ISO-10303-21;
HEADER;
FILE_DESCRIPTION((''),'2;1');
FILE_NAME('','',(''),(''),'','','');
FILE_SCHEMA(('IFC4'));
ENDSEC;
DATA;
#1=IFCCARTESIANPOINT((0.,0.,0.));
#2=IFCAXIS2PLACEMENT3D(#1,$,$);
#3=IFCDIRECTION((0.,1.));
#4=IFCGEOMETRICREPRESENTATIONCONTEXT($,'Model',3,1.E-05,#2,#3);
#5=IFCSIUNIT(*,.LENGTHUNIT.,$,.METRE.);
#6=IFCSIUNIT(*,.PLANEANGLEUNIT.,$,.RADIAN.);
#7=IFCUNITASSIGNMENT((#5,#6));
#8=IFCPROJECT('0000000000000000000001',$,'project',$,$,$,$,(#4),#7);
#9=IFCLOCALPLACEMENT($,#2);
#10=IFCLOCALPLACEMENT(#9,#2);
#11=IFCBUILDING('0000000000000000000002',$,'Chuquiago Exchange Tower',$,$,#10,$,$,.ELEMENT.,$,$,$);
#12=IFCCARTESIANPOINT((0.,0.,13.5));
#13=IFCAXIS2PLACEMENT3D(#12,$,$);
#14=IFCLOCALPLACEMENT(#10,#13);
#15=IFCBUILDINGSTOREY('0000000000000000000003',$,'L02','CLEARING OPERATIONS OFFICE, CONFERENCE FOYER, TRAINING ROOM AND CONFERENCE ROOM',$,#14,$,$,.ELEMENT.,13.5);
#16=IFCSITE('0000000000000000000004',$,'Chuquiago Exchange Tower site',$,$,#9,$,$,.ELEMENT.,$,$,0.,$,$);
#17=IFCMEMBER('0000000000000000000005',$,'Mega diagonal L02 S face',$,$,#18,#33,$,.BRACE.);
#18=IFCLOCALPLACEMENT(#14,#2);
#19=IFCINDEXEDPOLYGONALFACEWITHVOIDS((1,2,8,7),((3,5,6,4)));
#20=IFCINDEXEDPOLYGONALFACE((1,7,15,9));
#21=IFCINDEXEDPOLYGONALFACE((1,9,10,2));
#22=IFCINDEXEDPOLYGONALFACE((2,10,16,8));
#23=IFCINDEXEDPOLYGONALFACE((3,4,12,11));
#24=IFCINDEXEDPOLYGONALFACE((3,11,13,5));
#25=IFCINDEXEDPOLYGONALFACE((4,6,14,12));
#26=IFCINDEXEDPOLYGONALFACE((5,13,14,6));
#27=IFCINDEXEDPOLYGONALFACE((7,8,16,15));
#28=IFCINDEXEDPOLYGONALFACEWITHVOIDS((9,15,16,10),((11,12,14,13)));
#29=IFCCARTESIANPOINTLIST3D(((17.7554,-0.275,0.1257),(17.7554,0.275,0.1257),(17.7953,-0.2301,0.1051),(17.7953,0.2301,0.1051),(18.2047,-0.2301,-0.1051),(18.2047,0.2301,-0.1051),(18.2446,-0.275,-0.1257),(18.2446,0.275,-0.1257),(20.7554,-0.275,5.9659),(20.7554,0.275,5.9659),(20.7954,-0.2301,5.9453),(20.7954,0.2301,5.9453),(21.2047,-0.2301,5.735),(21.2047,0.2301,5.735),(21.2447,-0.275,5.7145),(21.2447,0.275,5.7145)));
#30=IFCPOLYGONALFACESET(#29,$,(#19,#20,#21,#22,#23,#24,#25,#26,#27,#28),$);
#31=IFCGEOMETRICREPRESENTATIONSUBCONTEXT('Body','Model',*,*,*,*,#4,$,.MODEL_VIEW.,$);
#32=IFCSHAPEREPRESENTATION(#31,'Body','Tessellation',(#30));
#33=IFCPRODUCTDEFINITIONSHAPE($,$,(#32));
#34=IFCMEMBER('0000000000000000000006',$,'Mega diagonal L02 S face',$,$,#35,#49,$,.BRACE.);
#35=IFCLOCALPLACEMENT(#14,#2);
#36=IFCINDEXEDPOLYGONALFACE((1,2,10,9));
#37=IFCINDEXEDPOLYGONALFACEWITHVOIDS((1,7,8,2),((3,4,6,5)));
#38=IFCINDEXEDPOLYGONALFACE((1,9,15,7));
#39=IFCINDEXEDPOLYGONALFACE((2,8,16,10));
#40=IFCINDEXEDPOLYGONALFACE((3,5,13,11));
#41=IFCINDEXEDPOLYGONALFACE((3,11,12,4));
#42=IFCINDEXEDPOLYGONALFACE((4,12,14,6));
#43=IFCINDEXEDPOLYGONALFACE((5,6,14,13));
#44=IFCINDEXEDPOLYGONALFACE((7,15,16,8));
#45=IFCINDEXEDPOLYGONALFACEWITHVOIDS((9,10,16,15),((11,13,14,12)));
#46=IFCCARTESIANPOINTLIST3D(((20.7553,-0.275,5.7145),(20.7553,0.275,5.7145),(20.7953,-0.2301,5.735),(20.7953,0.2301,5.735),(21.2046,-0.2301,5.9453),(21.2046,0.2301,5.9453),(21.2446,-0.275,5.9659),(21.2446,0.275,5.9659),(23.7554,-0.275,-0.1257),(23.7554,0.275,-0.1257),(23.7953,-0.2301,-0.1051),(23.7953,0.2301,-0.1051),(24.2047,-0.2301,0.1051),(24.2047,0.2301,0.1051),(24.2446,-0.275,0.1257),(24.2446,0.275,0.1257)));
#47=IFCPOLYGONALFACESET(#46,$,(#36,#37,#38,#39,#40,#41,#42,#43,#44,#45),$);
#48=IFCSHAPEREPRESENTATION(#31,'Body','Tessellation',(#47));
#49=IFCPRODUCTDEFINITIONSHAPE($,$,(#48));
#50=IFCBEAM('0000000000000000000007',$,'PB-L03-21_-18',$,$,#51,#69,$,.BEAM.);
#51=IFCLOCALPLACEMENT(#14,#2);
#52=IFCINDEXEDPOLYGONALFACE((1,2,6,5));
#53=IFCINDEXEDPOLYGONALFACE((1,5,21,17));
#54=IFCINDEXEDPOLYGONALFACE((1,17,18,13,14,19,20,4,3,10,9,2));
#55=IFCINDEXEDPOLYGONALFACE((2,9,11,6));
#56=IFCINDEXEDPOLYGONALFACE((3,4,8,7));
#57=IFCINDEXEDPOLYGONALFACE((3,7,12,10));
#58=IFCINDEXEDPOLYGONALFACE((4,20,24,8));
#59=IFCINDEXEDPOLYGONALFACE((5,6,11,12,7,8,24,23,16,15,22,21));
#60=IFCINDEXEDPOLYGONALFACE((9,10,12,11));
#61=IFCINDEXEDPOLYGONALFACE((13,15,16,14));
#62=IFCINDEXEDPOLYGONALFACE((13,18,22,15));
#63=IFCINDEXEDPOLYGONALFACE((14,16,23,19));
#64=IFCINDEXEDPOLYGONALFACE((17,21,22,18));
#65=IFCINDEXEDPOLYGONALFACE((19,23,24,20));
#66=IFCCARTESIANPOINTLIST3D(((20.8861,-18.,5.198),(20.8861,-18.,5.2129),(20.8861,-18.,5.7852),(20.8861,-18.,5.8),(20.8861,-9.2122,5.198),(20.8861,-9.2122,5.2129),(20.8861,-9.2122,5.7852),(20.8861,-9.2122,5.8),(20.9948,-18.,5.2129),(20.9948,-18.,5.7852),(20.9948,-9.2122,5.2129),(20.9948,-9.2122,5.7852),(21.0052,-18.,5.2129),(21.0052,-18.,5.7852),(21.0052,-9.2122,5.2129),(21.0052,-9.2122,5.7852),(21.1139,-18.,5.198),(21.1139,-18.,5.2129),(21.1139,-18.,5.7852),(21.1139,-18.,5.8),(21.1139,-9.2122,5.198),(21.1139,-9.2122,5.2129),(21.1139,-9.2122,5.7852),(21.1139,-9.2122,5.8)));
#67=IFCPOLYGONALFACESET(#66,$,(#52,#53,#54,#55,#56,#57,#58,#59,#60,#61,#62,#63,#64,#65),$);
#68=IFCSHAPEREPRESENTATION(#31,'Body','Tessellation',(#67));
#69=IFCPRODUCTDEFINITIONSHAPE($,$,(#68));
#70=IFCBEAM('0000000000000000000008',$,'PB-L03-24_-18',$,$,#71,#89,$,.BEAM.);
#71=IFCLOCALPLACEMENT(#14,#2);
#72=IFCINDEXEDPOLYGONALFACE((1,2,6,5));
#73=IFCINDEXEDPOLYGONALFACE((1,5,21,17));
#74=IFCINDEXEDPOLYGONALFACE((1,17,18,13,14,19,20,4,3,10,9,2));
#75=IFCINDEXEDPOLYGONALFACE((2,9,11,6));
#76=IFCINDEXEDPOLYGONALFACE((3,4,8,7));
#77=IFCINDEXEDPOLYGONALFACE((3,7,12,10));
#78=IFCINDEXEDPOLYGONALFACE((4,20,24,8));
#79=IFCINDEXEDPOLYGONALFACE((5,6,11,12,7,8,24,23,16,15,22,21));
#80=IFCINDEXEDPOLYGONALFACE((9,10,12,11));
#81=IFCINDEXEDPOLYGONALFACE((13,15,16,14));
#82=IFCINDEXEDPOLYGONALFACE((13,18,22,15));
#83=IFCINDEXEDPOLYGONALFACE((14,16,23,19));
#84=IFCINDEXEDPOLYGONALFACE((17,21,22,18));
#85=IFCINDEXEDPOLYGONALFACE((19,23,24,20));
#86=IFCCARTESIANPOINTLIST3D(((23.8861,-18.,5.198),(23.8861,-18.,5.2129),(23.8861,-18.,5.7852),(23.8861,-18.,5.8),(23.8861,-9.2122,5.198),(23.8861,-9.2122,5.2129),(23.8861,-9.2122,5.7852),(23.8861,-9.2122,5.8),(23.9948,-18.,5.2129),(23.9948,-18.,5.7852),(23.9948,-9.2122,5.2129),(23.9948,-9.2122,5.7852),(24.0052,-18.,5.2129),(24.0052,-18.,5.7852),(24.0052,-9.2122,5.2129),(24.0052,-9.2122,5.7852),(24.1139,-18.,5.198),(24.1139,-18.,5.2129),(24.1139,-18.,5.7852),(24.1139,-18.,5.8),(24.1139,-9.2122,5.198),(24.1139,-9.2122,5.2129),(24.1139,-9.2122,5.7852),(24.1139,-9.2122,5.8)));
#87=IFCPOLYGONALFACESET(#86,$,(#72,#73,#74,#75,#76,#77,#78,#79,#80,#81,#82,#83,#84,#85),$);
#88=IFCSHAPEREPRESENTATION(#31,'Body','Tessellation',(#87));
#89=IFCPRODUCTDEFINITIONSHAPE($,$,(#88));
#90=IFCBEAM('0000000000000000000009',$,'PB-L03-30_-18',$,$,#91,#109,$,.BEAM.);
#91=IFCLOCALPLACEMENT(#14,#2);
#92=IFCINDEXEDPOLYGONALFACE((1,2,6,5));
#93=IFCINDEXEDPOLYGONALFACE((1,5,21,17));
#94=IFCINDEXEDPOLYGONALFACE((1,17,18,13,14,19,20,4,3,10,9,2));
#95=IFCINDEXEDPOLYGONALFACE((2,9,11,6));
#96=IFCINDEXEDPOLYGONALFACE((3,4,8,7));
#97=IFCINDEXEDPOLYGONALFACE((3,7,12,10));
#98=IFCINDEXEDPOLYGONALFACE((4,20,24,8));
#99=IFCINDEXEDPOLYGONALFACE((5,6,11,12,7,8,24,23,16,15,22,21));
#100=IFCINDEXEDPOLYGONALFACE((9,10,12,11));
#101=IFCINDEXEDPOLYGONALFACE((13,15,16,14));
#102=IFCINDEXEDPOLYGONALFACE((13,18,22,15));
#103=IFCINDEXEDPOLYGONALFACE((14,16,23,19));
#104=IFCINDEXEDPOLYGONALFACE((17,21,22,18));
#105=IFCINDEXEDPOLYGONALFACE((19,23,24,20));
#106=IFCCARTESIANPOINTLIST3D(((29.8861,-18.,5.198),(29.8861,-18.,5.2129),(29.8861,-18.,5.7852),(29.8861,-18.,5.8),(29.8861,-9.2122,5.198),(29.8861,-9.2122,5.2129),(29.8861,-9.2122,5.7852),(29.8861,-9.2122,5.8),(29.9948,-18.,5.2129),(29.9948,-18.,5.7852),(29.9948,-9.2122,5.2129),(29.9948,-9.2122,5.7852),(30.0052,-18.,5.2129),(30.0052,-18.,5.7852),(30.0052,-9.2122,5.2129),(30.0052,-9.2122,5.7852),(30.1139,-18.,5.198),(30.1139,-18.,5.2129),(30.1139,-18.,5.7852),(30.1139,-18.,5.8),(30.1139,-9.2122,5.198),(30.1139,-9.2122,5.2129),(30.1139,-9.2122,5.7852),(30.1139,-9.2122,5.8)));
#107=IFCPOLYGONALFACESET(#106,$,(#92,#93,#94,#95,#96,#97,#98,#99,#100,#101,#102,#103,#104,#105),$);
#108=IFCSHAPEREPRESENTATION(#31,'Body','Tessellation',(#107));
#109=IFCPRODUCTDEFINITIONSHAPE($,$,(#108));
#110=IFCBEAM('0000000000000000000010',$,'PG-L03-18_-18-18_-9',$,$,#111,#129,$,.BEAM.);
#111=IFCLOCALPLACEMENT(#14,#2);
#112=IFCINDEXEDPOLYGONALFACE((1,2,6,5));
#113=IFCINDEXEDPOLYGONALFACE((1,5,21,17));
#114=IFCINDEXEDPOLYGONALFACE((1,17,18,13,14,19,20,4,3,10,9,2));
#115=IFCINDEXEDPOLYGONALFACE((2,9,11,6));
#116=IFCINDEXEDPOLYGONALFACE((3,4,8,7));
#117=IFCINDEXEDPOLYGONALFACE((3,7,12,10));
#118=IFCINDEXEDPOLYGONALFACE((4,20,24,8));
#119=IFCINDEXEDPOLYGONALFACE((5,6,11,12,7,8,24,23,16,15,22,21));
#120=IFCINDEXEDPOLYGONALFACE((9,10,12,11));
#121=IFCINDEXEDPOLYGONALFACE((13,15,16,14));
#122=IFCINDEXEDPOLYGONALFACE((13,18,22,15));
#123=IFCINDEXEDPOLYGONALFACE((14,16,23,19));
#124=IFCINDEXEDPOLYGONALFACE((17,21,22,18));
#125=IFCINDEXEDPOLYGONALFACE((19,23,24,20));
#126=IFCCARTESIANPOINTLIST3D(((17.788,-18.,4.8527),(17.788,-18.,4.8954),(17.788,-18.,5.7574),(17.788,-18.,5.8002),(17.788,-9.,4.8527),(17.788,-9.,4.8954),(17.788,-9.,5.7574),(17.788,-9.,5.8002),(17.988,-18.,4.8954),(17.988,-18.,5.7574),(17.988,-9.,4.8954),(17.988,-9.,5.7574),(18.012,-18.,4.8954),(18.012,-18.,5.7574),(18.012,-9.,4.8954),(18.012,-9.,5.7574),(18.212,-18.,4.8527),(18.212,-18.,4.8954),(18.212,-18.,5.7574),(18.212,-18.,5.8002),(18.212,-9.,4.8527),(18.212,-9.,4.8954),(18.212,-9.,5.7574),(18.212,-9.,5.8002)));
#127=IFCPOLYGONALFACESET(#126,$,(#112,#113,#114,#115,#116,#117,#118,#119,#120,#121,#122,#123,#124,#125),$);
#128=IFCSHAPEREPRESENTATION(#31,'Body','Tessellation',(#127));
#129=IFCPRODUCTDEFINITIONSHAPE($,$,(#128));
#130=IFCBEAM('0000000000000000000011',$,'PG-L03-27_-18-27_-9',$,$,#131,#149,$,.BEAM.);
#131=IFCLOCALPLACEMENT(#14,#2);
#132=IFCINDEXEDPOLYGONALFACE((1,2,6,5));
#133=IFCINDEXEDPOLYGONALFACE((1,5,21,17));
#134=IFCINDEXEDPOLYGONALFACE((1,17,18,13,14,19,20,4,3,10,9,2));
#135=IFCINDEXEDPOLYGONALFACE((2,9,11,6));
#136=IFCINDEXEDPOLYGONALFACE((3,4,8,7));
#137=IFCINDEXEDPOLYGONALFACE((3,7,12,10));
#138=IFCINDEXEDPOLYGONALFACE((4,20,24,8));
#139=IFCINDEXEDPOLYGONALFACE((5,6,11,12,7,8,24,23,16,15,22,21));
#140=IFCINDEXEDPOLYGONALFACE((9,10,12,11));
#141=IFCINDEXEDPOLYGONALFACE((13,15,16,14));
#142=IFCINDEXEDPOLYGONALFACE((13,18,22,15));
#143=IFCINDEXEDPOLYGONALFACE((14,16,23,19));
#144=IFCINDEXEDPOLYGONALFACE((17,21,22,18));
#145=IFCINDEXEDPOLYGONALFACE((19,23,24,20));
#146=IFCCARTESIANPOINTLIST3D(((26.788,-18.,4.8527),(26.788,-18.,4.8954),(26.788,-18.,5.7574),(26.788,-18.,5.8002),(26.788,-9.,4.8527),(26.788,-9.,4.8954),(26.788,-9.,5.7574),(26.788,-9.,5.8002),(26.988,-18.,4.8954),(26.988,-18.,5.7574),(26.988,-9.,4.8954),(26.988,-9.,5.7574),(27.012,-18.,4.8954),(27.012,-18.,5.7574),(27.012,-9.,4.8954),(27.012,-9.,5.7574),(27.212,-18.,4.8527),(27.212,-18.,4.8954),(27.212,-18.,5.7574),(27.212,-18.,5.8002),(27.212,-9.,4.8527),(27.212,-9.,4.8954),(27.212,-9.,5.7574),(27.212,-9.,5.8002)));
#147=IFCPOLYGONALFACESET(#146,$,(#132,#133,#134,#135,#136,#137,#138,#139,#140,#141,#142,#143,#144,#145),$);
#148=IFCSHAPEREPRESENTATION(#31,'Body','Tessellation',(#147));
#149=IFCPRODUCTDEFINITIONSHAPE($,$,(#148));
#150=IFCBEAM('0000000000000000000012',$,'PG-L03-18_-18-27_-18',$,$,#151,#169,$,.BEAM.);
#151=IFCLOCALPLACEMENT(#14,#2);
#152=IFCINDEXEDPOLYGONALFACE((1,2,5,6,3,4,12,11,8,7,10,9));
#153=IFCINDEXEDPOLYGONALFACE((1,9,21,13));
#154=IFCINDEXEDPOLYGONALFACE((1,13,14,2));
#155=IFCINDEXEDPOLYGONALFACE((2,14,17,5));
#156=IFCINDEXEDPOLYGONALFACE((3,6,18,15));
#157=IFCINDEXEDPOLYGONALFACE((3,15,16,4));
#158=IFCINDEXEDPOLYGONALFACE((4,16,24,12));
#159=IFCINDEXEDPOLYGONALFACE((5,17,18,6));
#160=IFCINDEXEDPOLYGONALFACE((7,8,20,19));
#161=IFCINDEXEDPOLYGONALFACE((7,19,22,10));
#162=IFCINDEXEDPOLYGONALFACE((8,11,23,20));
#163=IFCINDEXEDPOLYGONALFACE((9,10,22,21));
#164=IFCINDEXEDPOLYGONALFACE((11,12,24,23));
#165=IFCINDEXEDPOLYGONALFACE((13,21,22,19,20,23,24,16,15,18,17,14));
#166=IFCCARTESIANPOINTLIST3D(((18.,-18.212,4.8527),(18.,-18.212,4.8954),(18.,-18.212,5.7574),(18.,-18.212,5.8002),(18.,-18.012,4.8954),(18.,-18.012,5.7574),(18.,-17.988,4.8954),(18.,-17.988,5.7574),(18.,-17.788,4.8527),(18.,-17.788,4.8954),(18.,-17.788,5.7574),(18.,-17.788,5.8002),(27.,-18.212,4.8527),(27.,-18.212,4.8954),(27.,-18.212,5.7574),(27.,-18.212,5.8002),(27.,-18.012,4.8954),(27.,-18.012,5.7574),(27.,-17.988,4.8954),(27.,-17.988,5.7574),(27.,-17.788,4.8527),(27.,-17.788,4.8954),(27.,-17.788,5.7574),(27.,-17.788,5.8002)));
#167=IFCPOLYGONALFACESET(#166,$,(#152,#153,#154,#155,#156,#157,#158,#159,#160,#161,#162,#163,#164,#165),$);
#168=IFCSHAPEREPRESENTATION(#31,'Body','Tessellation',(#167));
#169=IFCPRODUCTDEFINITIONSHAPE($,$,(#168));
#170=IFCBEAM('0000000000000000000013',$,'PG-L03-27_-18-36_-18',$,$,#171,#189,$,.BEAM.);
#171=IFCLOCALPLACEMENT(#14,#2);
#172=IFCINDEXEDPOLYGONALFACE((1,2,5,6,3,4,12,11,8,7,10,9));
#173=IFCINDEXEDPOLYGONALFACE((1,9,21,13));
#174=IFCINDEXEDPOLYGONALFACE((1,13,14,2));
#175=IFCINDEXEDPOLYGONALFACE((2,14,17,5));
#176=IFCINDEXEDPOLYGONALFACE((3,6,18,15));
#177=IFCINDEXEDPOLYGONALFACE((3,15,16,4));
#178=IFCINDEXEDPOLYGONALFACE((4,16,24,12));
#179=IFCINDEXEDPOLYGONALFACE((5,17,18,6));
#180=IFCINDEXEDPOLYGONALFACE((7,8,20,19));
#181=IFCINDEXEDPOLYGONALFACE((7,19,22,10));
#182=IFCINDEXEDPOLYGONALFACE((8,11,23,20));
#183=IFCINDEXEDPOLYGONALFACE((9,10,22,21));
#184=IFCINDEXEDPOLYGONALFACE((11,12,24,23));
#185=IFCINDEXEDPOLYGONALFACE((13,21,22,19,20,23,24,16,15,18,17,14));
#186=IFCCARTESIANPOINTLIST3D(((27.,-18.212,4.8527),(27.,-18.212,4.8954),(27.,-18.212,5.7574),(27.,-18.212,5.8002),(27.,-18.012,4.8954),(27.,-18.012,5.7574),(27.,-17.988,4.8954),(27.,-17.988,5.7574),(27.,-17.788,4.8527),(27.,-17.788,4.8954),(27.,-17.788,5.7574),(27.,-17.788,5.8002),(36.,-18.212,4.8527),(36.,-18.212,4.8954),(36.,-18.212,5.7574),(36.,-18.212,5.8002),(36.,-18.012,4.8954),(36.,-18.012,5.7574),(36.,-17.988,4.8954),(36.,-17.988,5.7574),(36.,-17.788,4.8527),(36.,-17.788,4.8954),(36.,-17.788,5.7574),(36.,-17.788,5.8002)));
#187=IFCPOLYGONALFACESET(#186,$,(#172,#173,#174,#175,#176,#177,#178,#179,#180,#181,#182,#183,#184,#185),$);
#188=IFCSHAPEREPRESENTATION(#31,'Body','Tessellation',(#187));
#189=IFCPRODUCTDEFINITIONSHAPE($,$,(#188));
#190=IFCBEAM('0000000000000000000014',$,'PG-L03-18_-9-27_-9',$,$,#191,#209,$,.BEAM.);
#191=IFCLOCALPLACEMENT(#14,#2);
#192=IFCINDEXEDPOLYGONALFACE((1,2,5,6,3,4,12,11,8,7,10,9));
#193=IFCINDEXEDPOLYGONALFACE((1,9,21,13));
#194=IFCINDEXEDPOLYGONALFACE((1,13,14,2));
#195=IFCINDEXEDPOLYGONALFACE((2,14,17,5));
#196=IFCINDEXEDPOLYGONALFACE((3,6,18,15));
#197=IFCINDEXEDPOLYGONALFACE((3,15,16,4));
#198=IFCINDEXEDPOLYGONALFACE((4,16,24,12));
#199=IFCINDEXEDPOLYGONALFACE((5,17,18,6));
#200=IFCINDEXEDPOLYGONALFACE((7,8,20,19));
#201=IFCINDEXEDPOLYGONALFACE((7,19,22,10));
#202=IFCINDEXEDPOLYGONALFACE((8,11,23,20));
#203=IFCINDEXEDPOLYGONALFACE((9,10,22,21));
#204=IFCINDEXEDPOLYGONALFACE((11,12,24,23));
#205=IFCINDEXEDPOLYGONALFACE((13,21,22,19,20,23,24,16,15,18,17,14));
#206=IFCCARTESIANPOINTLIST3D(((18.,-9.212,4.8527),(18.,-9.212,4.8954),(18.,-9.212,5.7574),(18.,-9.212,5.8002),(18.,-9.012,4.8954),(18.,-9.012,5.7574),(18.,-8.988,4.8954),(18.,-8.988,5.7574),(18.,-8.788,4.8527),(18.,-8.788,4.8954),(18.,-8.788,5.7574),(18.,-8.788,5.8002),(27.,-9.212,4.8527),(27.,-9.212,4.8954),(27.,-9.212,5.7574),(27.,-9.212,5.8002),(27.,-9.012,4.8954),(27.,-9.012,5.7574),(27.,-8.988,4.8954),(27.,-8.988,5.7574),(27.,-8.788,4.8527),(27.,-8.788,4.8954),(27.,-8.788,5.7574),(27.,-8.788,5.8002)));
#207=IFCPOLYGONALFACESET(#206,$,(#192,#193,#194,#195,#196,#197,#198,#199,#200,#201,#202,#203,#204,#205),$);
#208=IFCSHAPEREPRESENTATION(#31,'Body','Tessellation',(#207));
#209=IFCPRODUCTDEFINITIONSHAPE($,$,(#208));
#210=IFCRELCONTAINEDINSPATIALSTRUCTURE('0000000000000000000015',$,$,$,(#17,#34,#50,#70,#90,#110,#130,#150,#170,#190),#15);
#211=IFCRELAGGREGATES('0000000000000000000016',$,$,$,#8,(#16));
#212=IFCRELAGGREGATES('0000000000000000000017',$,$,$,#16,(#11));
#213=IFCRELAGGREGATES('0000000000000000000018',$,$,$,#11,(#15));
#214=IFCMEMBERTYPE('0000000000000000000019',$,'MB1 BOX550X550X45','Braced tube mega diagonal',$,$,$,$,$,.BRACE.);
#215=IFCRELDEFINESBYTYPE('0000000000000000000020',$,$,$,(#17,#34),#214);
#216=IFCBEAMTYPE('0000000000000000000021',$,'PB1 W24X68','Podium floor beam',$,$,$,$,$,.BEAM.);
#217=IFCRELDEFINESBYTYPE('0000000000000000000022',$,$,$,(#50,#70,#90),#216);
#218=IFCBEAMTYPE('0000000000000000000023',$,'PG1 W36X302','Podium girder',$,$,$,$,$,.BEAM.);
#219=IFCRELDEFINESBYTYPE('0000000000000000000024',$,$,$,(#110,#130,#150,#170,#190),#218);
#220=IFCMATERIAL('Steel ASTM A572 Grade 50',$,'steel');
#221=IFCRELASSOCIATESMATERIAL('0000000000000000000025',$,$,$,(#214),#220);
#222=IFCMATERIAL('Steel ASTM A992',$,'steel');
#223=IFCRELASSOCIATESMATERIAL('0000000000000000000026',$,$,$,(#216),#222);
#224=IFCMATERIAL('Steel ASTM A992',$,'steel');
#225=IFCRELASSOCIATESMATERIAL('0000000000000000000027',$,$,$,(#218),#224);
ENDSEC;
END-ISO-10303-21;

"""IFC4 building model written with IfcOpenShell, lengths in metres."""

from ifc_helpers import new_model, si_unit, direction, frame, origin, origin_2d, place, context, subcontext, project, spatial, hollow_rectangle, i_section, extrude, material, material_profile, profile_set, type_object, element, save


model = new_model("IFC4")

# Units and contexts
model_context = context("Model", 3, precision=1e-05, world=origin(), true_north=direction((0.0, 1.0)))
body_context = subcontext(model_context, "Body", "Model", "MODEL_VIEW")
ifc_project = project(units=[si_unit("LENGTHUNIT", "METRE"), si_unit("PLANEANGLEUNIT", "RADIAN")], contexts=[model_context])

# Site, building, storey
site_placement = place(None, origin())
site = spatial("IfcSite", under=ifc_project, at=site_placement, Name="Chuquiago Exchange Tower site", CompositionType="ELEMENT", RefElevation=0.0)
building_placement = place(site_placement, origin())
building = spatial("IfcBuilding", under=site, at=building_placement, Name="Chuquiago Exchange Tower", CompositionType="ELEMENT")
storey_placement = place(building_placement, frame((0.0, 0.0, 13.5)))
storey = spatial("IfcBuildingStorey", under=building, at=storey_placement, Name="L02", Description="CLEARING OPERATIONS OFFICE, CONFERENCE FOYER, TRAINING ROOM AND CONFERENCE ROOM", CompositionType="ELEMENT", Elevation=13.5)

# Members
ifc_material_1 = material(Name="Steel ASTM A572 Grade 50", Category="steel")
ifc_material_profile_1 = material_profile(ifc_material_1, hollow_rectangle(XDim=0.55, YDim=0.55, WallThickness=0.0449, at=origin_2d()), Name="BOX550X550X45")
ifc_profile_set_1 = profile_set([ifc_material_profile_1], Name="Steel ASTM A572 Grade 50")
member_type_1 = type_object("IfcMemberType", Name="MB1 BOX550X550X45", Description="Braced tube mega diagonal", PredefinedType="BRACE", material=ifc_profile_set_1)
for number, where, z_axis, x_axis, name in (
    (1, (18.0, 0.0, 0.0), (0.45693, 0.0, 0.889503), (0.0, 1.0, 0.0), "Mega diagonal L02 S face"),
    (2, (24.0, 0.0, 0.0), (-0.45693, 0.0, 0.889503), (0.0, -1.0, 0.0), "Mega diagonal L02 S face"),
):
    element("IfcMember", number, at=place(storey_placement, frame(where, z_axis=z_axis, x_axis=x_axis)), inside=storey, type_object=member_type_1, Name=name, PredefinedType="BRACE", context=body_context, shape_type="SweptSolid", body=[
        extrude(hollow_rectangle(XDim=0.55, YDim=0.55, WallThickness=0.0449, at=origin_2d()), origin(), (0.0, 0.0, 1.0), 6.5657),
    ])

# Beams
ifc_material_2 = material(Name="Steel ASTM A992", Category="steel")
ifc_material_profile_2 = material_profile(ifc_material_2, i_section(OverallWidth=0.2278, OverallDepth=0.6021, WebThickness=0.0105, FlangeThickness=0.0149, at=origin_2d()), Name="W24X68")
ifc_profile_set_2 = profile_set([ifc_material_profile_2], Name="Steel ASTM A992")
beam_type_1 = type_object("IfcBeamType", Name="PB1 W24X68", Description="Podium floor beam", PredefinedType="BEAM", material=ifc_profile_set_2)
for number, where, z_axis, x_axis, name in (
    (3, (21.0, -18.0, 5.499), (0.0, 1.0, 0.0), (-1.0, 0.0, 0.0), "PB-L03-21_-18"),
    (4, (24.0, -18.0, 5.499), (0.0, 1.0, 0.0), (-1.0, 0.0, 0.0), "PB-L03-24_-18"),
    (5, (30.0, -18.0, 5.499), (0.0, 1.0, 0.0), (-1.0, 0.0, 0.0), "PB-L03-30_-18"),
):
    element("IfcBeam", number, at=place(storey_placement, frame(where, z_axis=z_axis, x_axis=x_axis)), inside=storey, type_object=beam_type_1, Name=name, PredefinedType="BEAM", context=body_context, shape_type="SweptSolid", body=[
        extrude(i_section(OverallWidth=0.2278, OverallDepth=0.6021, WebThickness=0.0105, FlangeThickness=0.0149, at=origin_2d()), origin(), (0.0, 0.0, 1.0), 8.7878),
    ])
ifc_material_3 = material(Name="Steel ASTM A992", Category="steel")
ifc_material_profile_3 = material_profile(ifc_material_3, i_section(OverallWidth=0.4241, OverallDepth=0.9475, WebThickness=0.0239, FlangeThickness=0.0427, at=origin_2d()), Name="W36X302")
ifc_profile_set_3 = profile_set([ifc_material_profile_3], Name="Steel ASTM A992")
beam_type_2 = type_object("IfcBeamType", Name="PG1 W36X302", Description="Podium girder", PredefinedType="BEAM", material=ifc_profile_set_3)
for number, where, z_axis, x_axis, name in (
    (6, (18.0, -18.0, 5.3264), (0.0, 1.0, 0.0), (-1.0, 0.0, 0.0), "PG-L03-18_-18-18_-9"),
    (7, (27.0, -18.0, 5.3264), (0.0, 1.0, 0.0), (-1.0, 0.0, 0.0), "PG-L03-27_-18-27_-9"),
    (8, (18.0, -18.0, 5.3264), (1.0, 0.0, 0.0), (0.0, 1.0, 0.0), "PG-L03-18_-18-27_-18"),
    (9, (27.0, -18.0, 5.3264), (1.0, 0.0, 0.0), (0.0, 1.0, 0.0), "PG-L03-27_-18-36_-18"),
    (10, (18.0, -9.0, 5.3264), (1.0, 0.0, 0.0), (0.0, 1.0, 0.0), "PG-L03-18_-9-27_-9"),
):
    element("IfcBeam", number, at=place(storey_placement, frame(where, z_axis=z_axis, x_axis=x_axis)), inside=storey, type_object=beam_type_2, Name=name, PredefinedType="BEAM", context=body_context, shape_type="SweptSolid", body=[
        extrude(i_section(OverallWidth=0.4241, OverallDepth=0.9475, WebThickness=0.0239, FlangeThickness=0.0427, at=origin_2d()), origin(), (0.0, 0.0, 1.0), 9.0),
    ])

save(model, "model.ifc")
